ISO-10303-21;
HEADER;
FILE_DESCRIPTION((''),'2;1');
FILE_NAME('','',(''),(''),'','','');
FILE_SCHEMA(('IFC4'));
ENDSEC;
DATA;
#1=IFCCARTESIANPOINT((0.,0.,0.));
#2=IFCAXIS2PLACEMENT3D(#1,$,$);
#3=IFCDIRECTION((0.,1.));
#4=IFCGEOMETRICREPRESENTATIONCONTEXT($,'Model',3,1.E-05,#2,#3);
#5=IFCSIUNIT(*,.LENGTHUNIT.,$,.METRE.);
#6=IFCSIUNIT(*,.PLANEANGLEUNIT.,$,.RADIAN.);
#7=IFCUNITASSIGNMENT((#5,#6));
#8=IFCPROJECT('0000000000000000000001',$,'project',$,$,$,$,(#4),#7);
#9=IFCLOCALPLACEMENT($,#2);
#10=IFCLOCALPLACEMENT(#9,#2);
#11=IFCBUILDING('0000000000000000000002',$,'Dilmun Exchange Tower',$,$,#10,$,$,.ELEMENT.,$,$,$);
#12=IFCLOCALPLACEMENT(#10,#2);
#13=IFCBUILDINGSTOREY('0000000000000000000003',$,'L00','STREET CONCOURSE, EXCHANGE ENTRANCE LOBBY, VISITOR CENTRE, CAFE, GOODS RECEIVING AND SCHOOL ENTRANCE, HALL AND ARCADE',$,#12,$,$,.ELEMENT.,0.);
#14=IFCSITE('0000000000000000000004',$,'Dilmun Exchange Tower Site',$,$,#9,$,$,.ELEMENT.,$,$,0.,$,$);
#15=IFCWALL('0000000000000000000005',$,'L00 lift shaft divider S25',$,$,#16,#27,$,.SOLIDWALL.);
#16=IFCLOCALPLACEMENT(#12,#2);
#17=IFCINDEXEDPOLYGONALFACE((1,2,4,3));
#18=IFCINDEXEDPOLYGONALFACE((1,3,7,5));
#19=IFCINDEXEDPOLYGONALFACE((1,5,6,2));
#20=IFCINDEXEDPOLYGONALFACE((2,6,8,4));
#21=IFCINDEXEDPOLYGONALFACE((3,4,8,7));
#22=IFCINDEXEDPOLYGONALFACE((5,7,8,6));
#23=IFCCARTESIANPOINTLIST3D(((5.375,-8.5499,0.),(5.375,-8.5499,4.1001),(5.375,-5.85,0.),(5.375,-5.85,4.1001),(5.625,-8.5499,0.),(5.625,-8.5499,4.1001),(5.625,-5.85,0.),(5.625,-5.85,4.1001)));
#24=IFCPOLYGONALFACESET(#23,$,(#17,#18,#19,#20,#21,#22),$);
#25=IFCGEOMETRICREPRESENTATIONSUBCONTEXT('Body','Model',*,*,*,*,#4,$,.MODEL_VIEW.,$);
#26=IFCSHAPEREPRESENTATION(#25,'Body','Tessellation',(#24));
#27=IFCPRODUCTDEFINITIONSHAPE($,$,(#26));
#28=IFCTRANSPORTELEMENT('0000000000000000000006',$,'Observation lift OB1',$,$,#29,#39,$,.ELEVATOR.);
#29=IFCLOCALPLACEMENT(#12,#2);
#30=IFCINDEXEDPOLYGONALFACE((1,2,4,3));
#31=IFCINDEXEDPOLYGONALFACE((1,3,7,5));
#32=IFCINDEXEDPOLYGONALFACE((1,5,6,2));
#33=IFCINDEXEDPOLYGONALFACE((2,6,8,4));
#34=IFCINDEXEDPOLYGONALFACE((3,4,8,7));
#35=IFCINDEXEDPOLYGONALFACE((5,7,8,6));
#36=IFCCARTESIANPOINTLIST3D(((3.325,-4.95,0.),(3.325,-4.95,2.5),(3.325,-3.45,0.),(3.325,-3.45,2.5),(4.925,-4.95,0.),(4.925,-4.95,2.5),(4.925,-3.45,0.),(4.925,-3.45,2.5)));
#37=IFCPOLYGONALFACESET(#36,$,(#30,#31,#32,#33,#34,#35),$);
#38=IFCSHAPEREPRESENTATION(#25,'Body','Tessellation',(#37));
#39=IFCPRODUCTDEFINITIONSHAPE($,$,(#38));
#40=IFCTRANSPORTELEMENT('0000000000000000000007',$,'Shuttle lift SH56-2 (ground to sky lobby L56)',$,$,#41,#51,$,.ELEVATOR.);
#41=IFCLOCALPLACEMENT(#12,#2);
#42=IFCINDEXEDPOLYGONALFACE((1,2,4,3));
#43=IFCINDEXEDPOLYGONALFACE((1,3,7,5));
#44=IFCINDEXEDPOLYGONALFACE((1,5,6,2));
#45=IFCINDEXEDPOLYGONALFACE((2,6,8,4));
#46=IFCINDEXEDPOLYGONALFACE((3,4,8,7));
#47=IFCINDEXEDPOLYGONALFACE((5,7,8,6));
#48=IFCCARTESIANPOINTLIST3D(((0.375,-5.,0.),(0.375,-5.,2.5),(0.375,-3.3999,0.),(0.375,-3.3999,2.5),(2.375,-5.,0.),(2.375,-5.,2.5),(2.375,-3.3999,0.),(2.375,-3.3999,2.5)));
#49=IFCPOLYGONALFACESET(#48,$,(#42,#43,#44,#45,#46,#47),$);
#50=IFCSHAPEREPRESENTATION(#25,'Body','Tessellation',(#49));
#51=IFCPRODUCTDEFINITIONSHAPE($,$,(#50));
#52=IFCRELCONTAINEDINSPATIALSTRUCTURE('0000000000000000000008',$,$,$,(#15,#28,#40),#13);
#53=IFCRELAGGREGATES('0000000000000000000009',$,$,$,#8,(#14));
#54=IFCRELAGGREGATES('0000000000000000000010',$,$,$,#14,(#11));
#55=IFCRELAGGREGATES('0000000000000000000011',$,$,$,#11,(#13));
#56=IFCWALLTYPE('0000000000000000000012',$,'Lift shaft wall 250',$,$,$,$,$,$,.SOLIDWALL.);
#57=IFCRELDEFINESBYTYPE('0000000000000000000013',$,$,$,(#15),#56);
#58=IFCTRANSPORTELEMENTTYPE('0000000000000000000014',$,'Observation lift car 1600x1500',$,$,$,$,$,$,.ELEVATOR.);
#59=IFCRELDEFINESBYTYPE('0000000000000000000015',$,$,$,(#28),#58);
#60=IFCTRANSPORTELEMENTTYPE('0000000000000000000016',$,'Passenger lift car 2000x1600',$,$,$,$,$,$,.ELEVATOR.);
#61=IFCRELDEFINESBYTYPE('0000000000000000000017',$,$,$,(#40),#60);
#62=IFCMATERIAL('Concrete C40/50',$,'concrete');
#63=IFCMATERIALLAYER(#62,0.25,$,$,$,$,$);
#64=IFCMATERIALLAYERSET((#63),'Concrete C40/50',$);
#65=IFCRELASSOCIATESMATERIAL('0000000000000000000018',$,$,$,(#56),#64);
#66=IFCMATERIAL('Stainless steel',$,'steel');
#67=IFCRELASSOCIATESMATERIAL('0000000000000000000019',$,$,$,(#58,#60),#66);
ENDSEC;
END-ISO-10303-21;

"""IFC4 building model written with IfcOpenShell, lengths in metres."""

from ifc_helpers import new_model, si_unit, direction, frame, frame_2d, origin, origin_2d, place, context, subcontext, project, spatial, rectangle, extrude, material, layer, layer_set, type_object, element, save


model = new_model("IFC4")

# Units and contexts
model_context = context("Model", 3, precision=1e-05, world=origin(), true_north=direction((0.0, 1.0)))
body_context = subcontext(model_context, "Body", "Model", "MODEL_VIEW")
ifc_project = project(units=[si_unit("LENGTHUNIT", "METRE"), si_unit("PLANEANGLEUNIT", "RADIAN")], contexts=[model_context])

# Site, building, storey
site_placement = place(None, origin())
site = spatial("IfcSite", under=ifc_project, at=site_placement, Name="Dilmun Exchange Tower Site", CompositionType="ELEMENT", RefElevation=0.0)
building_placement = place(site_placement, origin())
building = spatial("IfcBuilding", under=site, at=building_placement, Name="Dilmun Exchange Tower", CompositionType="ELEMENT")
storey_placement = place(building_placement, origin())
storey = spatial("IfcBuildingStorey", under=building, at=storey_placement, Name="L00", Description="STREET CONCOURSE, EXCHANGE ENTRANCE LOBBY, VISITOR CENTRE, CAFE, GOODS RECEIVING AND SCHOOL ENTRANCE, HALL AND ARCADE", CompositionType="ELEMENT", Elevation=0.0)

# Shared definitions
ifc_material_1 = material(Name="Concrete C40/50", Category="concrete")

# Wall
ifc_layer_1 = layer(ifc_material_1, 0.25)
ifc_layer_set_1 = layer_set([ifc_layer_1], Name="Concrete C40/50")
wall_type_1 = type_object("IfcWallType", Name="Lift shaft wall 250", PredefinedType="SOLIDWALL", material=ifc_layer_set_1)
for number, where, z_axis, x_axis, name in (
    (1, (5.5, -8.55, 0.0), (0.0, 0.0, 1.0), (0.0, 1.0, 0.0), "L00 lift shaft divider S25"),
):
    element("IfcWall", number, at=place(storey_placement, frame(where, z_axis=z_axis, x_axis=x_axis)), inside=storey, type_object=wall_type_1, Name=name, PredefinedType="SOLIDWALL", context=body_context, shape_type="SweptSolid", body=[
        extrude(rectangle(XDim=2.7, YDim=0.25, at=frame_2d((1.3501, 0.0))), origin(), (0.0, 0.0, 1.0), 4.1001),
    ])

# Transport elements
ifc_material_2 = material(Name="Stainless steel", Category="steel")
transport_element_type_1 = type_object("IfcTransportElementType", Name="Observation lift car 1600x1500", PredefinedType="ELEVATOR", material=ifc_material_2)
transport_element_1_placement = place(storey_placement, frame((4.125, -4.2, 0.0), z_axis=(0.0, 0.0, 1.0), x_axis=(1.0, 0.0, 0.0)))
element("IfcTransportElement", 2, at=transport_element_1_placement, inside=storey, type_object=transport_element_type_1, Name="Observation lift OB1", PredefinedType="ELEVATOR", context=body_context, shape_type="SweptSolid", body=[
    extrude(rectangle(XDim=1.6001, YDim=1.5, at=origin_2d()), origin(), (0.0, 0.0, 1.0), 2.5),
])
transport_element_type_2 = type_object("IfcTransportElementType", Name="Passenger lift car 2000x1600", PredefinedType="ELEVATOR", material=ifc_material_2)
transport_element_2_placement = place(storey_placement, frame((1.375, -4.2, 0.0), z_axis=(0.0, 0.0, 1.0), x_axis=(1.0, 0.0, 0.0)))
element("IfcTransportElement", 3, at=transport_element_2_placement, inside=storey, type_object=transport_element_type_2, Name="Shuttle lift SH56-2 (ground to sky lobby L56)", PredefinedType="ELEVATOR", context=body_context, shape_type="SweptSolid", body=[
    extrude(rectangle(XDim=2.0, YDim=1.6001, at=origin_2d()), origin(), (0.0, 0.0, 1.0), 2.5),
])

save(model, "model.ifc")
